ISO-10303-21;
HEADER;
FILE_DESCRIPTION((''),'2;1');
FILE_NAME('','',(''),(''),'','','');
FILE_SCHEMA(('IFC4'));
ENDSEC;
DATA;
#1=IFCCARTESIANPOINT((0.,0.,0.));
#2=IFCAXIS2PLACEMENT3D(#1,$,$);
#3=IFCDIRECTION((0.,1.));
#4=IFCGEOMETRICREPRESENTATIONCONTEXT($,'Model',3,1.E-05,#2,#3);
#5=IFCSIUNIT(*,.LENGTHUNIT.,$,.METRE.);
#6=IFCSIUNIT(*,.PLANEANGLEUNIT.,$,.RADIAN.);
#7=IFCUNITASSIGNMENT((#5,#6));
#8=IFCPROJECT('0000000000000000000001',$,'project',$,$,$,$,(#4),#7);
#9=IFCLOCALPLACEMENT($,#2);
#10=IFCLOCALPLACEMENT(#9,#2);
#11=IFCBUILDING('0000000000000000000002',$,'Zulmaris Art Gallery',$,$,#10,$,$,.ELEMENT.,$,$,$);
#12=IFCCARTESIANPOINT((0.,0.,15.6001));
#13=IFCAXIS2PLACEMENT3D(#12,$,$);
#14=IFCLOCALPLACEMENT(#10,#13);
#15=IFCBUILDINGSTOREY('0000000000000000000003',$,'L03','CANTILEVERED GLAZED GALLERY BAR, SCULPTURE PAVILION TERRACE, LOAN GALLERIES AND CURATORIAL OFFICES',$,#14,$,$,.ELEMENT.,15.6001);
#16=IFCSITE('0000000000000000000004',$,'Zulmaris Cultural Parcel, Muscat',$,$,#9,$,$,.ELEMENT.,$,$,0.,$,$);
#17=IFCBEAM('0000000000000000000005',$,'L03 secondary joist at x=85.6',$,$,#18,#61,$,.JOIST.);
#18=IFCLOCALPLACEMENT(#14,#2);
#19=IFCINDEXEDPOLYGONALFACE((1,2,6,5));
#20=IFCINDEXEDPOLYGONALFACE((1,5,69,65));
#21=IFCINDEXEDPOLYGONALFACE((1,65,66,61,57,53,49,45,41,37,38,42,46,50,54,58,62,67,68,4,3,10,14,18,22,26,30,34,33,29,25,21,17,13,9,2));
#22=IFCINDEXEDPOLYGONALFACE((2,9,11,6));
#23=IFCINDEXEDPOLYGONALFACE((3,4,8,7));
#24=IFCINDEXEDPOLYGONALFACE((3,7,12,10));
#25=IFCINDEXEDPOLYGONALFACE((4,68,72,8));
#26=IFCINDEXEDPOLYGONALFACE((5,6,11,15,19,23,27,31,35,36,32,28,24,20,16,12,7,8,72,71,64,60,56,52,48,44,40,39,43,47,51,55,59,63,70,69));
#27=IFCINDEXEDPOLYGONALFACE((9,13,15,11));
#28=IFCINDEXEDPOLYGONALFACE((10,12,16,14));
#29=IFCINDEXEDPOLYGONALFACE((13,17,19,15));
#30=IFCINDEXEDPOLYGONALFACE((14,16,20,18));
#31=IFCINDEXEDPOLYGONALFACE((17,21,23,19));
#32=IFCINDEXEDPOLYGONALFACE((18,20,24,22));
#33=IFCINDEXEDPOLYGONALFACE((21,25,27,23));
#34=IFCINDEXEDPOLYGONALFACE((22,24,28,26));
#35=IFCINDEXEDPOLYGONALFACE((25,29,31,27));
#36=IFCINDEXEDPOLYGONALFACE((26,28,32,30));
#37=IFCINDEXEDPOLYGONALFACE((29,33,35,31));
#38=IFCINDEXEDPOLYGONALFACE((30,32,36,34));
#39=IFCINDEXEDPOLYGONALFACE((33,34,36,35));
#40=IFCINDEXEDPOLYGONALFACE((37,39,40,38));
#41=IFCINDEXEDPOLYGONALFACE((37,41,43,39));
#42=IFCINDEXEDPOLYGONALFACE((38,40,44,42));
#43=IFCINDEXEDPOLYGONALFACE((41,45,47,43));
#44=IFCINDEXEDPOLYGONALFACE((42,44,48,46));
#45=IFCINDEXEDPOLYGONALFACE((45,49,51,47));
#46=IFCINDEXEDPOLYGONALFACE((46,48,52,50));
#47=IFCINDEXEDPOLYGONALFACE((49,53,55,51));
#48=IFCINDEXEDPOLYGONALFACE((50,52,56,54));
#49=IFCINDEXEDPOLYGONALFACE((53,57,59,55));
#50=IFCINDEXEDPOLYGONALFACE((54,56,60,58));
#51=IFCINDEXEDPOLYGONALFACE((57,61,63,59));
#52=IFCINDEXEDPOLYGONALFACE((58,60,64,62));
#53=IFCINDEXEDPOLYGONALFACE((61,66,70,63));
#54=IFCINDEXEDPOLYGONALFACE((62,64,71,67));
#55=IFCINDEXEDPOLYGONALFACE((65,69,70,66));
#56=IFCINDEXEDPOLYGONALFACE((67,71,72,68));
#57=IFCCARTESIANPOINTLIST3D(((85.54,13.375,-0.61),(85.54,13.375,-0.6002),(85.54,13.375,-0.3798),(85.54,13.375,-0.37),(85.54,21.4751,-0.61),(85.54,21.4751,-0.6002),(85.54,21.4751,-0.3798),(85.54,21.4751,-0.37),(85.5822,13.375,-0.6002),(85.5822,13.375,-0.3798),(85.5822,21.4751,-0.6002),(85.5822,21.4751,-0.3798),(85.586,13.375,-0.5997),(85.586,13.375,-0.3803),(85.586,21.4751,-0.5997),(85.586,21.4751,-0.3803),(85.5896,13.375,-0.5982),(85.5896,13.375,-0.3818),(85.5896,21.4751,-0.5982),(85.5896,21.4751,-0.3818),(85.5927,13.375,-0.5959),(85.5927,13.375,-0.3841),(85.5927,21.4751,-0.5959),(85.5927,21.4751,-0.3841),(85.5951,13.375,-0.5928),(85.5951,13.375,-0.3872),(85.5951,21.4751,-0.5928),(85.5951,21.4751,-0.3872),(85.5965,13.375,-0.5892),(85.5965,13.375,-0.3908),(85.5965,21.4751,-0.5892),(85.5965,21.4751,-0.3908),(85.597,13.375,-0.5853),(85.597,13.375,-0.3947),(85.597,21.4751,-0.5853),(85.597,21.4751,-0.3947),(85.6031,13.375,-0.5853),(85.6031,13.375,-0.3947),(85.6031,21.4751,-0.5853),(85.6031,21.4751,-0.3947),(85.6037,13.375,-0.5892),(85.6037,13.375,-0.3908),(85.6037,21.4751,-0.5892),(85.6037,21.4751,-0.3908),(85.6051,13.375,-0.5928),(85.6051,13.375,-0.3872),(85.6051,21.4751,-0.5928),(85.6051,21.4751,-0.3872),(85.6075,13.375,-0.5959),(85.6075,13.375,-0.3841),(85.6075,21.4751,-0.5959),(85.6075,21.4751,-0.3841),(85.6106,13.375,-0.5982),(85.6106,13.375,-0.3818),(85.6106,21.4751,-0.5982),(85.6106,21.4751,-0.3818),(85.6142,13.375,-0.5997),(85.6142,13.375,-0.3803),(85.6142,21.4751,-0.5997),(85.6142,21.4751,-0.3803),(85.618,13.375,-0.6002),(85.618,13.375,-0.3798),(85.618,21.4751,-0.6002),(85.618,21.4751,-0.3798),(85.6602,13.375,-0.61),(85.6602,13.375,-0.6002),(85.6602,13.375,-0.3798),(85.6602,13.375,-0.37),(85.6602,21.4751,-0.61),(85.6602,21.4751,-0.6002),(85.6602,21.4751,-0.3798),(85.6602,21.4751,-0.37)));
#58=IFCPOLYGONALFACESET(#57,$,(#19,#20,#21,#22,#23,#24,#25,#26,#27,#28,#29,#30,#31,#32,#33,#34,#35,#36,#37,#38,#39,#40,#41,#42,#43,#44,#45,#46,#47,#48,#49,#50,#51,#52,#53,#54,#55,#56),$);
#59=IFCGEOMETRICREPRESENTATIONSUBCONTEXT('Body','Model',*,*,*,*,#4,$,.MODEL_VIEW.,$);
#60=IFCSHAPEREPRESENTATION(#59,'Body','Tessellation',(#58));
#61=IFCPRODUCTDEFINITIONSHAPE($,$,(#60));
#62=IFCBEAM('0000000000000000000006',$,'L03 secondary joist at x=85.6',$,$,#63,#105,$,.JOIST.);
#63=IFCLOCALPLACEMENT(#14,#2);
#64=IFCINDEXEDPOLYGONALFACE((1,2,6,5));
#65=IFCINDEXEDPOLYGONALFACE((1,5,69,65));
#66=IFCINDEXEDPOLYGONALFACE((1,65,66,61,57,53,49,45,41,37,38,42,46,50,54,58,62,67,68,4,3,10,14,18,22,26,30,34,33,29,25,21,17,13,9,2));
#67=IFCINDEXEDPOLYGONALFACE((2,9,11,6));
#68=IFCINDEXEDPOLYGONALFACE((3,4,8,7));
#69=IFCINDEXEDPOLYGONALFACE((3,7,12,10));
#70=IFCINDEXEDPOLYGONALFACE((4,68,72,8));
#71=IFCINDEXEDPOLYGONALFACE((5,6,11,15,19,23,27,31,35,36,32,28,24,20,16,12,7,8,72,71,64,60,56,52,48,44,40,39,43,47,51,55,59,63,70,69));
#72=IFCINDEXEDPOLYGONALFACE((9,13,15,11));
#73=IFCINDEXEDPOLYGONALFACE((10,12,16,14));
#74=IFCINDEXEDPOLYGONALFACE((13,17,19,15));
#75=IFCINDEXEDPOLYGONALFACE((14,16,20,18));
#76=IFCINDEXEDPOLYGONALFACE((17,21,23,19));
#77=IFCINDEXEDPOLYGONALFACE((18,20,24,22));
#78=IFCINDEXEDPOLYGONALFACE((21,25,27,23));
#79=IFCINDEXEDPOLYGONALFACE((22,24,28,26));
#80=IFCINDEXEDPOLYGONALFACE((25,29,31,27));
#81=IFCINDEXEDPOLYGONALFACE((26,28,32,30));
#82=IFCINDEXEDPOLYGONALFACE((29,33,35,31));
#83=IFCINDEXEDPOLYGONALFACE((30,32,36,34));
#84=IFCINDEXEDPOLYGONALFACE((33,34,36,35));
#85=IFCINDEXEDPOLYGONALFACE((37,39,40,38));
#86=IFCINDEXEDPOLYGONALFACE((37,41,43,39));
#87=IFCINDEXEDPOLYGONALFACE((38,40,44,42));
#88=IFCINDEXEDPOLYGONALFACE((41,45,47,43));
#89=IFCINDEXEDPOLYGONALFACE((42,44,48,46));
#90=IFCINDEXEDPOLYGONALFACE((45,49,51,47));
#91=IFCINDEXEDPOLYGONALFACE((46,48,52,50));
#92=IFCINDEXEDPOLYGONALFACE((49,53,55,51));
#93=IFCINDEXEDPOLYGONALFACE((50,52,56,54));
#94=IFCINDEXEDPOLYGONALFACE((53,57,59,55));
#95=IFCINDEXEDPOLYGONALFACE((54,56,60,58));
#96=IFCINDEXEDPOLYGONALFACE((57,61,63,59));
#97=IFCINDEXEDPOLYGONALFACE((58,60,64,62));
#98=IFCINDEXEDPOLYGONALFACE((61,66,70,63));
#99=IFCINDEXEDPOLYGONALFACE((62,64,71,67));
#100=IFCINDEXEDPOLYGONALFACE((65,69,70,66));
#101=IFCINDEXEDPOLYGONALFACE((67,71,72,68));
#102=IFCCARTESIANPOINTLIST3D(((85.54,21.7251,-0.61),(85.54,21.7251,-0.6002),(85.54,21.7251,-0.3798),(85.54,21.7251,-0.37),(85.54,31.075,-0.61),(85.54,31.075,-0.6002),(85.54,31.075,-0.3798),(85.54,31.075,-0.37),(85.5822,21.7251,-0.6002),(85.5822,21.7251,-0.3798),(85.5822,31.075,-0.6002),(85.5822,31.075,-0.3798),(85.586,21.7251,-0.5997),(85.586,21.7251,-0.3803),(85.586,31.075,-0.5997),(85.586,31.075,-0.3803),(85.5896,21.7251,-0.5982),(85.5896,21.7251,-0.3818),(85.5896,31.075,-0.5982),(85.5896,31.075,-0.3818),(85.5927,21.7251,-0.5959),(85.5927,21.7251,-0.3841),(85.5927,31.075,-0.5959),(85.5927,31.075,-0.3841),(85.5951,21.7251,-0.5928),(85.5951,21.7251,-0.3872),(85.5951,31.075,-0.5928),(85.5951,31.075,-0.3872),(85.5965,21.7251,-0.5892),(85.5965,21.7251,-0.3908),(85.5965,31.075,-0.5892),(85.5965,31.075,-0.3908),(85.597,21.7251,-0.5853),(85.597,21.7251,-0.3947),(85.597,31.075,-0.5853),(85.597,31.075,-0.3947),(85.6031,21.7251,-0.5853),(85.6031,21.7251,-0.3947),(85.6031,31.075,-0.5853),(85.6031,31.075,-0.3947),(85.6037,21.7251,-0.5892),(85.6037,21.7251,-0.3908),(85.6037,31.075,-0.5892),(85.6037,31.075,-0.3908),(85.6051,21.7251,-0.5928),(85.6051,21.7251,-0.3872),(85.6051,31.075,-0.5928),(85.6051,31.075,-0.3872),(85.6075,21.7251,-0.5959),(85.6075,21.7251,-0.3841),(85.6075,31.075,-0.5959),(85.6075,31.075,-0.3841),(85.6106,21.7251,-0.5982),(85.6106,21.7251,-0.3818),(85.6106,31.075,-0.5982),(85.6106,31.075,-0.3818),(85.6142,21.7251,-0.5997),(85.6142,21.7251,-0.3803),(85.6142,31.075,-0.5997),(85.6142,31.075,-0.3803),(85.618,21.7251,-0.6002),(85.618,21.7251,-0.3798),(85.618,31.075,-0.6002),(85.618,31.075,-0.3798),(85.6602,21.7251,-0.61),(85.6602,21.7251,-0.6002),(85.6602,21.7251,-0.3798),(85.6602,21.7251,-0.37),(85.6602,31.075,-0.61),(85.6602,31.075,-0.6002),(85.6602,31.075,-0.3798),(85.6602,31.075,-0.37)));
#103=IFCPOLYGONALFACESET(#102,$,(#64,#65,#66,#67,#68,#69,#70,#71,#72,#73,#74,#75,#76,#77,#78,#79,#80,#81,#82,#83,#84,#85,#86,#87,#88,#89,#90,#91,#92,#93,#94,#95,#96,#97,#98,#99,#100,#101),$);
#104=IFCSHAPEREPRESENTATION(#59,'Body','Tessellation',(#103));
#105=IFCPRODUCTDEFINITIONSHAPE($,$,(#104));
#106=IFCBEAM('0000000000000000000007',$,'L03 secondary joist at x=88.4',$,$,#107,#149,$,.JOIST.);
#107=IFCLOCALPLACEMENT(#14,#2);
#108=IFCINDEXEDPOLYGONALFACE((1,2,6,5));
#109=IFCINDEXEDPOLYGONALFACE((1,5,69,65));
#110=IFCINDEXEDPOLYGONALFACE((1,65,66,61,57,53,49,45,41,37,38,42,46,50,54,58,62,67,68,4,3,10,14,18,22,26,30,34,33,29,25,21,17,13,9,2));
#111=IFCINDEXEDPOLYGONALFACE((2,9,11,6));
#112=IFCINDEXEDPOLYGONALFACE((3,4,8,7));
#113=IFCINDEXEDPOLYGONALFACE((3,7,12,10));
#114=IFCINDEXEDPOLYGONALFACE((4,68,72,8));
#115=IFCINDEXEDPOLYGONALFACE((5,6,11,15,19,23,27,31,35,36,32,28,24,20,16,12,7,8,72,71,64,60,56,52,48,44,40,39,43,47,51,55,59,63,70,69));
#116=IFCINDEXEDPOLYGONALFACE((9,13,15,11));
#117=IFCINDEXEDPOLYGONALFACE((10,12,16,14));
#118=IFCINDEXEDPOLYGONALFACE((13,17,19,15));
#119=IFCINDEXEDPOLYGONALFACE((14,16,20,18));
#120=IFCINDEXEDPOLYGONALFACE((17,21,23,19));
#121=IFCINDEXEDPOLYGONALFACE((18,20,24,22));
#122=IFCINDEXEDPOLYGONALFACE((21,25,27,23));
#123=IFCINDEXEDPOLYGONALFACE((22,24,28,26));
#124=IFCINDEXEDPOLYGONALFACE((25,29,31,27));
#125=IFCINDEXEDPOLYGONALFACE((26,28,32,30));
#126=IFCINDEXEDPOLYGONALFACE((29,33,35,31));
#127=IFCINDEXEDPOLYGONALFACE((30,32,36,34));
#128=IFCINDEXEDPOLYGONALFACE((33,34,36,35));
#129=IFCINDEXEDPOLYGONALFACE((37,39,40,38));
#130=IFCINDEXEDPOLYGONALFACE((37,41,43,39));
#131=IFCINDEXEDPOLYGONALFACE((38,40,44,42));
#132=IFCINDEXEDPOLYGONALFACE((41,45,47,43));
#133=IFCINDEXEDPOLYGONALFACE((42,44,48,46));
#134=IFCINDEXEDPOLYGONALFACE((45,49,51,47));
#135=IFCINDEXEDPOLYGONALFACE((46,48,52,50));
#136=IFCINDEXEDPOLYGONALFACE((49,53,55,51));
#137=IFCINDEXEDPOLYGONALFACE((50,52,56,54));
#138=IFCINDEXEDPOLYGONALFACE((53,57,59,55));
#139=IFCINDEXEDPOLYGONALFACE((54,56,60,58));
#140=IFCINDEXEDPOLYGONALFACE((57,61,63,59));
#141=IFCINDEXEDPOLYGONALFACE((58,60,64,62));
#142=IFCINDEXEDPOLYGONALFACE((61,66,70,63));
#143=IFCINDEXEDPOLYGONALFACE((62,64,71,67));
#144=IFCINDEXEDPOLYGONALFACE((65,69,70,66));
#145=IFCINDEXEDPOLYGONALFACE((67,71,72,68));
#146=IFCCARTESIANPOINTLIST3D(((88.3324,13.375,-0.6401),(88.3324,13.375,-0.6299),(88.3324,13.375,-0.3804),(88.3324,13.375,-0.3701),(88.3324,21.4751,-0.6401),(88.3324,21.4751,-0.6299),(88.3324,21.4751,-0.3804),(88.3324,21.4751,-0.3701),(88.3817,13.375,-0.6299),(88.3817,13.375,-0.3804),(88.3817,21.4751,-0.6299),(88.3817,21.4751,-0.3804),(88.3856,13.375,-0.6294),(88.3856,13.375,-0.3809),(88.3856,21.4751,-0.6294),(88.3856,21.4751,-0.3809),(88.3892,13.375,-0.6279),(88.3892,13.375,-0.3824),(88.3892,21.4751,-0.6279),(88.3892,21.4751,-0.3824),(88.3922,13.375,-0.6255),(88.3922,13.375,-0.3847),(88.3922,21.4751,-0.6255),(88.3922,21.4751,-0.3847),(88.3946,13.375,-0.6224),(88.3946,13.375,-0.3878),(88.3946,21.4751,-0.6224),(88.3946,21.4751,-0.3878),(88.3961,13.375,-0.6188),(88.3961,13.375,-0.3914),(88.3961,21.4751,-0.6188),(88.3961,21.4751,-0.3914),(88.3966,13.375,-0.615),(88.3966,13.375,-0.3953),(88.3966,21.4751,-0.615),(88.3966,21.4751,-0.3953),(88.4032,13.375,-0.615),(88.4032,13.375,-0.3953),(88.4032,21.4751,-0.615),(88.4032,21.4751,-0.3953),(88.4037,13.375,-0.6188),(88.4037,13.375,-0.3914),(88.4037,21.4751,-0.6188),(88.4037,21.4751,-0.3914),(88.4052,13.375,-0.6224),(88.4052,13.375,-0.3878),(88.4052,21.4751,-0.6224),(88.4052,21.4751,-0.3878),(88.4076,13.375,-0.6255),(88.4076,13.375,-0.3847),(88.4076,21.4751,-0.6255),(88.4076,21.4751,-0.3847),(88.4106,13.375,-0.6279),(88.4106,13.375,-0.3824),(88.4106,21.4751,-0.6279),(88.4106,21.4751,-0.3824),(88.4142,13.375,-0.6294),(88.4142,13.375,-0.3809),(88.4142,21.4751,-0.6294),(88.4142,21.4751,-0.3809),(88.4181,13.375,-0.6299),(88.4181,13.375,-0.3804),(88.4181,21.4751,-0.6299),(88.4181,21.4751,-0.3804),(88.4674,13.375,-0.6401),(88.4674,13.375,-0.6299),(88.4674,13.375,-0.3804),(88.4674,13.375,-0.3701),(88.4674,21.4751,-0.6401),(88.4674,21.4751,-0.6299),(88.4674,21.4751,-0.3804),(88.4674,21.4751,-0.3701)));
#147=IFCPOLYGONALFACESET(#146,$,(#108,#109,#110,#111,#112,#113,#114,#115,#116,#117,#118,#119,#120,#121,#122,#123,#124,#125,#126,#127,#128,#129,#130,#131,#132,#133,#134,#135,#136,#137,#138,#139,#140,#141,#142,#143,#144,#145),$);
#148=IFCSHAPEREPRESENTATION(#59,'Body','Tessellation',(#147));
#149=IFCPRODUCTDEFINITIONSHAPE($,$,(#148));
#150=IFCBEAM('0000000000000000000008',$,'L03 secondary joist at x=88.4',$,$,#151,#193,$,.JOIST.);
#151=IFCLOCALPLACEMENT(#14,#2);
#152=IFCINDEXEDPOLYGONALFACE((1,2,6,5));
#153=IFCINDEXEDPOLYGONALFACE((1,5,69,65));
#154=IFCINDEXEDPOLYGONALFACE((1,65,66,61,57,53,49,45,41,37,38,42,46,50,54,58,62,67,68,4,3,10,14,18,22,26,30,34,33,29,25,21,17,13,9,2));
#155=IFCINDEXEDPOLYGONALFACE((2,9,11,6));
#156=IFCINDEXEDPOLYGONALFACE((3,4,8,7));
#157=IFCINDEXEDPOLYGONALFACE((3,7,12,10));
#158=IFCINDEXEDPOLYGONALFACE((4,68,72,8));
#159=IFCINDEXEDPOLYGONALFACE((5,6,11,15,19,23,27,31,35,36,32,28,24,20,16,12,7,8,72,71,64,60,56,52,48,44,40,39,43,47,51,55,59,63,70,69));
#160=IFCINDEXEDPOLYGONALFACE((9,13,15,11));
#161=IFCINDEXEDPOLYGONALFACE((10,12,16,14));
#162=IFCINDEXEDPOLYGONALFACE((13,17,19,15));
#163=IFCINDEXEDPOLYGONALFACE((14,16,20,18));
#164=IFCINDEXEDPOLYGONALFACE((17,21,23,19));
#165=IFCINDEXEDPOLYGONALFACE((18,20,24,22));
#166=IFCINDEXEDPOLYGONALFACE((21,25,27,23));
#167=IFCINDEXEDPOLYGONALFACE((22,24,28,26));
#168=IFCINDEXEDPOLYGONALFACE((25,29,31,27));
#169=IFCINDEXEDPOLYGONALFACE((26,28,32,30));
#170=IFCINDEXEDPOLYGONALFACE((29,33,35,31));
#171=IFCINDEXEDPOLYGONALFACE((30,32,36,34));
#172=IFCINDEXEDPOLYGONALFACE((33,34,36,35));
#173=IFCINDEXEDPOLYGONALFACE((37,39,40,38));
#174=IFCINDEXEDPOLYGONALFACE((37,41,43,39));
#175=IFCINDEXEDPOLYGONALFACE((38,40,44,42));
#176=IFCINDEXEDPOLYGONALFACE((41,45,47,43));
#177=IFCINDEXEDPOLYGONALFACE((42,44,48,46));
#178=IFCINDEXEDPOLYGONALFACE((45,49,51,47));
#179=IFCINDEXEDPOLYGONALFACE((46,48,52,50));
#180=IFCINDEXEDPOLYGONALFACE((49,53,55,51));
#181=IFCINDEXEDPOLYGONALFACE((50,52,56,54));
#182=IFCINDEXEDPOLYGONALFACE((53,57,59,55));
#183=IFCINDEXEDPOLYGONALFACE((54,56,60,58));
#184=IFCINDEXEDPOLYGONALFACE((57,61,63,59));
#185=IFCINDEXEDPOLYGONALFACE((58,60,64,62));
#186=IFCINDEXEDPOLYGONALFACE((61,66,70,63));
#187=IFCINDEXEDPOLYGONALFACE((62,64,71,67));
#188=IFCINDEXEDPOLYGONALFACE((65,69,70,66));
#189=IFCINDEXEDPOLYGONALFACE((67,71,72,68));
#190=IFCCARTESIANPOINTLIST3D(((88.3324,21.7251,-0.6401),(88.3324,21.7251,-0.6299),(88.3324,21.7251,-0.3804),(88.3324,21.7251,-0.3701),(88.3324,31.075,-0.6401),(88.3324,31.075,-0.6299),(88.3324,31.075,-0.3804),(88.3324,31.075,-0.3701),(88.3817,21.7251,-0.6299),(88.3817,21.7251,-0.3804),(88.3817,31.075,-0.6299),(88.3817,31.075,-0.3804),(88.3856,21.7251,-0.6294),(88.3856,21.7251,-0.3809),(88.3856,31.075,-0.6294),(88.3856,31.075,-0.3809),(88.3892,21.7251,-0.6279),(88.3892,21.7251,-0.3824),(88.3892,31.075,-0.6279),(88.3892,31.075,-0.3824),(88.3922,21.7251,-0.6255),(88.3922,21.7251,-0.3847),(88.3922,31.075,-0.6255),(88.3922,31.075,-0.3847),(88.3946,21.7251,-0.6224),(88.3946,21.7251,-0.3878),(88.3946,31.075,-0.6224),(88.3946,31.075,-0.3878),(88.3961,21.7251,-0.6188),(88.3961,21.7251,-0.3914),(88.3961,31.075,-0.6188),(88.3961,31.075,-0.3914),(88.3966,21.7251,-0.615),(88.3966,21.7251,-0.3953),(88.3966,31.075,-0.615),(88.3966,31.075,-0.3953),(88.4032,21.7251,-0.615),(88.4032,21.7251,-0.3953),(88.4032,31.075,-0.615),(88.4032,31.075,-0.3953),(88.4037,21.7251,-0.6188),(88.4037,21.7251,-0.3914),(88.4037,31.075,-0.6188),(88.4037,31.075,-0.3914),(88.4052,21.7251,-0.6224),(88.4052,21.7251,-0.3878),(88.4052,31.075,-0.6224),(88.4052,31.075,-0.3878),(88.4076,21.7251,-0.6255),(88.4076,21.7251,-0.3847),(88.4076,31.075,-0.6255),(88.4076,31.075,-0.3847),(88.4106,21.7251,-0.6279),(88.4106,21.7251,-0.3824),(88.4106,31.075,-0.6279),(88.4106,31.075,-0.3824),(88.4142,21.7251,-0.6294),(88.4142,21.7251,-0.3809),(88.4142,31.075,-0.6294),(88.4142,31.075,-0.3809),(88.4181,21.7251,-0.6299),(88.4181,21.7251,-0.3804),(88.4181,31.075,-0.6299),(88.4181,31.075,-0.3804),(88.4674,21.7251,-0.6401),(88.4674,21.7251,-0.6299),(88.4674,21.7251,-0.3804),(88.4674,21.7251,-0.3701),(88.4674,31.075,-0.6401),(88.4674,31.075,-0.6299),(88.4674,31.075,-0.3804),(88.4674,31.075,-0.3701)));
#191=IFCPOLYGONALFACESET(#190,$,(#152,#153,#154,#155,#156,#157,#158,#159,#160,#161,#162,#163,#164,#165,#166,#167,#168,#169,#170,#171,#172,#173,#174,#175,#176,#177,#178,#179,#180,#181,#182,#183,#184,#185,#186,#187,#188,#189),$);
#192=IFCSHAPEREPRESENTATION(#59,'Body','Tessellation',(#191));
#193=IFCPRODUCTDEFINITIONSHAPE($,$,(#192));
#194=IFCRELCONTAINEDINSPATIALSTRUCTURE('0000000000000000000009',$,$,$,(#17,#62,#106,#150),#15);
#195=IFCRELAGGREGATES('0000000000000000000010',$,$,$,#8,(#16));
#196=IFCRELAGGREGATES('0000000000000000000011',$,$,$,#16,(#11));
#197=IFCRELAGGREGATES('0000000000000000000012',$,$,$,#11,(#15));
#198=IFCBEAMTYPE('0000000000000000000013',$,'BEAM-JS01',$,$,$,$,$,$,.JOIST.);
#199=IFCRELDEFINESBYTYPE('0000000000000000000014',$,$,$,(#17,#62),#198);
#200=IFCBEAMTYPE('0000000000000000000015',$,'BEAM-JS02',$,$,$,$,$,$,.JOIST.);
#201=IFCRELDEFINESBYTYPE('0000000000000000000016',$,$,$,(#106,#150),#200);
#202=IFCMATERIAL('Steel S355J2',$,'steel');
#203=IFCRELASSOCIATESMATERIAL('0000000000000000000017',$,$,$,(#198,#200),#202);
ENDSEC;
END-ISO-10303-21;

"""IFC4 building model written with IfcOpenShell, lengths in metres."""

from ifc_helpers import new_model, si_unit, direction, frame, origin, origin_2d, place, context, subcontext, project, spatial, i_section, extrude, material, material_profile, profile_set, type_object, element, save


model = new_model("IFC4")

# Units and contexts
model_context = context("Model", 3, precision=1e-05, world=origin(), true_north=direction((0.0, 1.0)))
body_context = subcontext(model_context, "Body", "Model", "MODEL_VIEW")
ifc_project = project(units=[si_unit("LENGTHUNIT", "METRE"), si_unit("PLANEANGLEUNIT", "RADIAN")], contexts=[model_context])

# Site, building, storey
site_placement = place(None, origin())
site = spatial("IfcSite", under=ifc_project, at=site_placement, Name="Zulmaris Cultural Parcel, Muscat", CompositionType="ELEMENT", RefElevation=0.0)
building_placement = place(site_placement, origin())
building = spatial("IfcBuilding", under=site, at=building_placement, Name="Zulmaris Art Gallery", CompositionType="ELEMENT")
storey_placement = place(building_placement, frame((0.0, 0.0, 15.6001)))
storey = spatial("IfcBuildingStorey", under=building, at=storey_placement, Name="L03", Description="CANTILEVERED GLAZED GALLERY BAR, SCULPTURE PAVILION TERRACE, LOAN GALLERIES AND CURATORIAL OFFICES", CompositionType="ELEMENT", Elevation=15.6001)

# Beams
ifc_material_1 = material(Name="Steel S355J2", Category="steel")
ifc_material_profile_1 = material_profile(ifc_material_1, i_section(OverallWidth=0.1201, OverallDepth=0.24, WebThickness=0.0061, FlangeThickness=0.0098, FilletRadius=0.0149, at=origin_2d()), Name="IPE 240")
ifc_profile_set_1 = profile_set([ifc_material_profile_1], Name="Steel S355J2")
beam_type_1 = type_object("IfcBeamType", Name="BEAM-JS01", PredefinedType="JOIST", material=ifc_profile_set_1)
beam_1_placement = place(storey_placement, frame((85.6001, 13.375, -0.49), z_axis=(0.0, 1.0, 0.0), x_axis=(-1.0, 0.0, 0.0)))
element("IfcBeam", 1, at=beam_1_placement, inside=storey, type_object=beam_type_1, Name="L03 secondary joist at x=85.6", PredefinedType="JOIST", context=body_context, shape_type="SweptSolid", body=[
    extrude(i_section(OverallWidth=0.1201, OverallDepth=0.24, WebThickness=0.0061, FlangeThickness=0.0098, FilletRadius=0.0149, at=origin_2d()), origin(), (0.0, 0.0, 1.0), 8.1001),
])
beam_2_placement = place(storey_placement, frame((85.6001, 21.7251, -0.49), z_axis=(0.0, 1.0, 0.0), x_axis=(-1.0, 0.0, 0.0)))
element("IfcBeam", 2, at=beam_2_placement, inside=storey, type_object=beam_type_1, Name="L03 secondary joist at x=85.6", PredefinedType="JOIST", context=body_context, shape_type="SweptSolid", body=[
    extrude(i_section(OverallWidth=0.1201, OverallDepth=0.24, WebThickness=0.0061, FlangeThickness=0.0098, FilletRadius=0.0149, at=origin_2d()), origin(), (0.0, 0.0, 1.0), 9.3499),
])
ifc_material_profile_2 = material_profile(ifc_material_1, i_section(OverallWidth=0.135, OverallDepth=0.27, WebThickness=0.0066, FlangeThickness=0.0103, FilletRadius=0.0149, at=origin_2d()), Name="IPE 270")
ifc_profile_set_2 = profile_set([ifc_material_profile_2], Name="Steel S355J2")
beam_type_2 = type_object("IfcBeamType", Name="BEAM-JS02", PredefinedType="JOIST", material=ifc_profile_set_2)
beam_3_placement = place(storey_placement, frame((88.3999, 13.375, -0.5051), z_axis=(0.0, 1.0, 0.0), x_axis=(-1.0, 0.0, 0.0)))
element("IfcBeam", 3, at=beam_3_placement, inside=storey, type_object=beam_type_2, Name="L03 secondary joist at x=88.4", PredefinedType="JOIST", context=body_context, shape_type="SweptSolid", body=[
    extrude(i_section(OverallWidth=0.135, OverallDepth=0.27, WebThickness=0.0066, FlangeThickness=0.0103, FilletRadius=0.0149, at=origin_2d()), origin(), (0.0, 0.0, 1.0), 8.1001),
])
beam_4_placement = place(storey_placement, frame((88.3999, 21.7251, -0.5051), z_axis=(0.0, 1.0, 0.0), x_axis=(-1.0, 0.0, 0.0)))
element("IfcBeam", 4, at=beam_4_placement, inside=storey, type_object=beam_type_2, Name="L03 secondary joist at x=88.4", PredefinedType="JOIST", context=body_context, shape_type="SweptSolid", body=[
    extrude(i_section(OverallWidth=0.135, OverallDepth=0.27, WebThickness=0.0066, FlangeThickness=0.0103, FilletRadius=0.0149, at=origin_2d()), origin(), (0.0, 0.0, 1.0), 9.3499),
])

save(model, "model.ifc")
